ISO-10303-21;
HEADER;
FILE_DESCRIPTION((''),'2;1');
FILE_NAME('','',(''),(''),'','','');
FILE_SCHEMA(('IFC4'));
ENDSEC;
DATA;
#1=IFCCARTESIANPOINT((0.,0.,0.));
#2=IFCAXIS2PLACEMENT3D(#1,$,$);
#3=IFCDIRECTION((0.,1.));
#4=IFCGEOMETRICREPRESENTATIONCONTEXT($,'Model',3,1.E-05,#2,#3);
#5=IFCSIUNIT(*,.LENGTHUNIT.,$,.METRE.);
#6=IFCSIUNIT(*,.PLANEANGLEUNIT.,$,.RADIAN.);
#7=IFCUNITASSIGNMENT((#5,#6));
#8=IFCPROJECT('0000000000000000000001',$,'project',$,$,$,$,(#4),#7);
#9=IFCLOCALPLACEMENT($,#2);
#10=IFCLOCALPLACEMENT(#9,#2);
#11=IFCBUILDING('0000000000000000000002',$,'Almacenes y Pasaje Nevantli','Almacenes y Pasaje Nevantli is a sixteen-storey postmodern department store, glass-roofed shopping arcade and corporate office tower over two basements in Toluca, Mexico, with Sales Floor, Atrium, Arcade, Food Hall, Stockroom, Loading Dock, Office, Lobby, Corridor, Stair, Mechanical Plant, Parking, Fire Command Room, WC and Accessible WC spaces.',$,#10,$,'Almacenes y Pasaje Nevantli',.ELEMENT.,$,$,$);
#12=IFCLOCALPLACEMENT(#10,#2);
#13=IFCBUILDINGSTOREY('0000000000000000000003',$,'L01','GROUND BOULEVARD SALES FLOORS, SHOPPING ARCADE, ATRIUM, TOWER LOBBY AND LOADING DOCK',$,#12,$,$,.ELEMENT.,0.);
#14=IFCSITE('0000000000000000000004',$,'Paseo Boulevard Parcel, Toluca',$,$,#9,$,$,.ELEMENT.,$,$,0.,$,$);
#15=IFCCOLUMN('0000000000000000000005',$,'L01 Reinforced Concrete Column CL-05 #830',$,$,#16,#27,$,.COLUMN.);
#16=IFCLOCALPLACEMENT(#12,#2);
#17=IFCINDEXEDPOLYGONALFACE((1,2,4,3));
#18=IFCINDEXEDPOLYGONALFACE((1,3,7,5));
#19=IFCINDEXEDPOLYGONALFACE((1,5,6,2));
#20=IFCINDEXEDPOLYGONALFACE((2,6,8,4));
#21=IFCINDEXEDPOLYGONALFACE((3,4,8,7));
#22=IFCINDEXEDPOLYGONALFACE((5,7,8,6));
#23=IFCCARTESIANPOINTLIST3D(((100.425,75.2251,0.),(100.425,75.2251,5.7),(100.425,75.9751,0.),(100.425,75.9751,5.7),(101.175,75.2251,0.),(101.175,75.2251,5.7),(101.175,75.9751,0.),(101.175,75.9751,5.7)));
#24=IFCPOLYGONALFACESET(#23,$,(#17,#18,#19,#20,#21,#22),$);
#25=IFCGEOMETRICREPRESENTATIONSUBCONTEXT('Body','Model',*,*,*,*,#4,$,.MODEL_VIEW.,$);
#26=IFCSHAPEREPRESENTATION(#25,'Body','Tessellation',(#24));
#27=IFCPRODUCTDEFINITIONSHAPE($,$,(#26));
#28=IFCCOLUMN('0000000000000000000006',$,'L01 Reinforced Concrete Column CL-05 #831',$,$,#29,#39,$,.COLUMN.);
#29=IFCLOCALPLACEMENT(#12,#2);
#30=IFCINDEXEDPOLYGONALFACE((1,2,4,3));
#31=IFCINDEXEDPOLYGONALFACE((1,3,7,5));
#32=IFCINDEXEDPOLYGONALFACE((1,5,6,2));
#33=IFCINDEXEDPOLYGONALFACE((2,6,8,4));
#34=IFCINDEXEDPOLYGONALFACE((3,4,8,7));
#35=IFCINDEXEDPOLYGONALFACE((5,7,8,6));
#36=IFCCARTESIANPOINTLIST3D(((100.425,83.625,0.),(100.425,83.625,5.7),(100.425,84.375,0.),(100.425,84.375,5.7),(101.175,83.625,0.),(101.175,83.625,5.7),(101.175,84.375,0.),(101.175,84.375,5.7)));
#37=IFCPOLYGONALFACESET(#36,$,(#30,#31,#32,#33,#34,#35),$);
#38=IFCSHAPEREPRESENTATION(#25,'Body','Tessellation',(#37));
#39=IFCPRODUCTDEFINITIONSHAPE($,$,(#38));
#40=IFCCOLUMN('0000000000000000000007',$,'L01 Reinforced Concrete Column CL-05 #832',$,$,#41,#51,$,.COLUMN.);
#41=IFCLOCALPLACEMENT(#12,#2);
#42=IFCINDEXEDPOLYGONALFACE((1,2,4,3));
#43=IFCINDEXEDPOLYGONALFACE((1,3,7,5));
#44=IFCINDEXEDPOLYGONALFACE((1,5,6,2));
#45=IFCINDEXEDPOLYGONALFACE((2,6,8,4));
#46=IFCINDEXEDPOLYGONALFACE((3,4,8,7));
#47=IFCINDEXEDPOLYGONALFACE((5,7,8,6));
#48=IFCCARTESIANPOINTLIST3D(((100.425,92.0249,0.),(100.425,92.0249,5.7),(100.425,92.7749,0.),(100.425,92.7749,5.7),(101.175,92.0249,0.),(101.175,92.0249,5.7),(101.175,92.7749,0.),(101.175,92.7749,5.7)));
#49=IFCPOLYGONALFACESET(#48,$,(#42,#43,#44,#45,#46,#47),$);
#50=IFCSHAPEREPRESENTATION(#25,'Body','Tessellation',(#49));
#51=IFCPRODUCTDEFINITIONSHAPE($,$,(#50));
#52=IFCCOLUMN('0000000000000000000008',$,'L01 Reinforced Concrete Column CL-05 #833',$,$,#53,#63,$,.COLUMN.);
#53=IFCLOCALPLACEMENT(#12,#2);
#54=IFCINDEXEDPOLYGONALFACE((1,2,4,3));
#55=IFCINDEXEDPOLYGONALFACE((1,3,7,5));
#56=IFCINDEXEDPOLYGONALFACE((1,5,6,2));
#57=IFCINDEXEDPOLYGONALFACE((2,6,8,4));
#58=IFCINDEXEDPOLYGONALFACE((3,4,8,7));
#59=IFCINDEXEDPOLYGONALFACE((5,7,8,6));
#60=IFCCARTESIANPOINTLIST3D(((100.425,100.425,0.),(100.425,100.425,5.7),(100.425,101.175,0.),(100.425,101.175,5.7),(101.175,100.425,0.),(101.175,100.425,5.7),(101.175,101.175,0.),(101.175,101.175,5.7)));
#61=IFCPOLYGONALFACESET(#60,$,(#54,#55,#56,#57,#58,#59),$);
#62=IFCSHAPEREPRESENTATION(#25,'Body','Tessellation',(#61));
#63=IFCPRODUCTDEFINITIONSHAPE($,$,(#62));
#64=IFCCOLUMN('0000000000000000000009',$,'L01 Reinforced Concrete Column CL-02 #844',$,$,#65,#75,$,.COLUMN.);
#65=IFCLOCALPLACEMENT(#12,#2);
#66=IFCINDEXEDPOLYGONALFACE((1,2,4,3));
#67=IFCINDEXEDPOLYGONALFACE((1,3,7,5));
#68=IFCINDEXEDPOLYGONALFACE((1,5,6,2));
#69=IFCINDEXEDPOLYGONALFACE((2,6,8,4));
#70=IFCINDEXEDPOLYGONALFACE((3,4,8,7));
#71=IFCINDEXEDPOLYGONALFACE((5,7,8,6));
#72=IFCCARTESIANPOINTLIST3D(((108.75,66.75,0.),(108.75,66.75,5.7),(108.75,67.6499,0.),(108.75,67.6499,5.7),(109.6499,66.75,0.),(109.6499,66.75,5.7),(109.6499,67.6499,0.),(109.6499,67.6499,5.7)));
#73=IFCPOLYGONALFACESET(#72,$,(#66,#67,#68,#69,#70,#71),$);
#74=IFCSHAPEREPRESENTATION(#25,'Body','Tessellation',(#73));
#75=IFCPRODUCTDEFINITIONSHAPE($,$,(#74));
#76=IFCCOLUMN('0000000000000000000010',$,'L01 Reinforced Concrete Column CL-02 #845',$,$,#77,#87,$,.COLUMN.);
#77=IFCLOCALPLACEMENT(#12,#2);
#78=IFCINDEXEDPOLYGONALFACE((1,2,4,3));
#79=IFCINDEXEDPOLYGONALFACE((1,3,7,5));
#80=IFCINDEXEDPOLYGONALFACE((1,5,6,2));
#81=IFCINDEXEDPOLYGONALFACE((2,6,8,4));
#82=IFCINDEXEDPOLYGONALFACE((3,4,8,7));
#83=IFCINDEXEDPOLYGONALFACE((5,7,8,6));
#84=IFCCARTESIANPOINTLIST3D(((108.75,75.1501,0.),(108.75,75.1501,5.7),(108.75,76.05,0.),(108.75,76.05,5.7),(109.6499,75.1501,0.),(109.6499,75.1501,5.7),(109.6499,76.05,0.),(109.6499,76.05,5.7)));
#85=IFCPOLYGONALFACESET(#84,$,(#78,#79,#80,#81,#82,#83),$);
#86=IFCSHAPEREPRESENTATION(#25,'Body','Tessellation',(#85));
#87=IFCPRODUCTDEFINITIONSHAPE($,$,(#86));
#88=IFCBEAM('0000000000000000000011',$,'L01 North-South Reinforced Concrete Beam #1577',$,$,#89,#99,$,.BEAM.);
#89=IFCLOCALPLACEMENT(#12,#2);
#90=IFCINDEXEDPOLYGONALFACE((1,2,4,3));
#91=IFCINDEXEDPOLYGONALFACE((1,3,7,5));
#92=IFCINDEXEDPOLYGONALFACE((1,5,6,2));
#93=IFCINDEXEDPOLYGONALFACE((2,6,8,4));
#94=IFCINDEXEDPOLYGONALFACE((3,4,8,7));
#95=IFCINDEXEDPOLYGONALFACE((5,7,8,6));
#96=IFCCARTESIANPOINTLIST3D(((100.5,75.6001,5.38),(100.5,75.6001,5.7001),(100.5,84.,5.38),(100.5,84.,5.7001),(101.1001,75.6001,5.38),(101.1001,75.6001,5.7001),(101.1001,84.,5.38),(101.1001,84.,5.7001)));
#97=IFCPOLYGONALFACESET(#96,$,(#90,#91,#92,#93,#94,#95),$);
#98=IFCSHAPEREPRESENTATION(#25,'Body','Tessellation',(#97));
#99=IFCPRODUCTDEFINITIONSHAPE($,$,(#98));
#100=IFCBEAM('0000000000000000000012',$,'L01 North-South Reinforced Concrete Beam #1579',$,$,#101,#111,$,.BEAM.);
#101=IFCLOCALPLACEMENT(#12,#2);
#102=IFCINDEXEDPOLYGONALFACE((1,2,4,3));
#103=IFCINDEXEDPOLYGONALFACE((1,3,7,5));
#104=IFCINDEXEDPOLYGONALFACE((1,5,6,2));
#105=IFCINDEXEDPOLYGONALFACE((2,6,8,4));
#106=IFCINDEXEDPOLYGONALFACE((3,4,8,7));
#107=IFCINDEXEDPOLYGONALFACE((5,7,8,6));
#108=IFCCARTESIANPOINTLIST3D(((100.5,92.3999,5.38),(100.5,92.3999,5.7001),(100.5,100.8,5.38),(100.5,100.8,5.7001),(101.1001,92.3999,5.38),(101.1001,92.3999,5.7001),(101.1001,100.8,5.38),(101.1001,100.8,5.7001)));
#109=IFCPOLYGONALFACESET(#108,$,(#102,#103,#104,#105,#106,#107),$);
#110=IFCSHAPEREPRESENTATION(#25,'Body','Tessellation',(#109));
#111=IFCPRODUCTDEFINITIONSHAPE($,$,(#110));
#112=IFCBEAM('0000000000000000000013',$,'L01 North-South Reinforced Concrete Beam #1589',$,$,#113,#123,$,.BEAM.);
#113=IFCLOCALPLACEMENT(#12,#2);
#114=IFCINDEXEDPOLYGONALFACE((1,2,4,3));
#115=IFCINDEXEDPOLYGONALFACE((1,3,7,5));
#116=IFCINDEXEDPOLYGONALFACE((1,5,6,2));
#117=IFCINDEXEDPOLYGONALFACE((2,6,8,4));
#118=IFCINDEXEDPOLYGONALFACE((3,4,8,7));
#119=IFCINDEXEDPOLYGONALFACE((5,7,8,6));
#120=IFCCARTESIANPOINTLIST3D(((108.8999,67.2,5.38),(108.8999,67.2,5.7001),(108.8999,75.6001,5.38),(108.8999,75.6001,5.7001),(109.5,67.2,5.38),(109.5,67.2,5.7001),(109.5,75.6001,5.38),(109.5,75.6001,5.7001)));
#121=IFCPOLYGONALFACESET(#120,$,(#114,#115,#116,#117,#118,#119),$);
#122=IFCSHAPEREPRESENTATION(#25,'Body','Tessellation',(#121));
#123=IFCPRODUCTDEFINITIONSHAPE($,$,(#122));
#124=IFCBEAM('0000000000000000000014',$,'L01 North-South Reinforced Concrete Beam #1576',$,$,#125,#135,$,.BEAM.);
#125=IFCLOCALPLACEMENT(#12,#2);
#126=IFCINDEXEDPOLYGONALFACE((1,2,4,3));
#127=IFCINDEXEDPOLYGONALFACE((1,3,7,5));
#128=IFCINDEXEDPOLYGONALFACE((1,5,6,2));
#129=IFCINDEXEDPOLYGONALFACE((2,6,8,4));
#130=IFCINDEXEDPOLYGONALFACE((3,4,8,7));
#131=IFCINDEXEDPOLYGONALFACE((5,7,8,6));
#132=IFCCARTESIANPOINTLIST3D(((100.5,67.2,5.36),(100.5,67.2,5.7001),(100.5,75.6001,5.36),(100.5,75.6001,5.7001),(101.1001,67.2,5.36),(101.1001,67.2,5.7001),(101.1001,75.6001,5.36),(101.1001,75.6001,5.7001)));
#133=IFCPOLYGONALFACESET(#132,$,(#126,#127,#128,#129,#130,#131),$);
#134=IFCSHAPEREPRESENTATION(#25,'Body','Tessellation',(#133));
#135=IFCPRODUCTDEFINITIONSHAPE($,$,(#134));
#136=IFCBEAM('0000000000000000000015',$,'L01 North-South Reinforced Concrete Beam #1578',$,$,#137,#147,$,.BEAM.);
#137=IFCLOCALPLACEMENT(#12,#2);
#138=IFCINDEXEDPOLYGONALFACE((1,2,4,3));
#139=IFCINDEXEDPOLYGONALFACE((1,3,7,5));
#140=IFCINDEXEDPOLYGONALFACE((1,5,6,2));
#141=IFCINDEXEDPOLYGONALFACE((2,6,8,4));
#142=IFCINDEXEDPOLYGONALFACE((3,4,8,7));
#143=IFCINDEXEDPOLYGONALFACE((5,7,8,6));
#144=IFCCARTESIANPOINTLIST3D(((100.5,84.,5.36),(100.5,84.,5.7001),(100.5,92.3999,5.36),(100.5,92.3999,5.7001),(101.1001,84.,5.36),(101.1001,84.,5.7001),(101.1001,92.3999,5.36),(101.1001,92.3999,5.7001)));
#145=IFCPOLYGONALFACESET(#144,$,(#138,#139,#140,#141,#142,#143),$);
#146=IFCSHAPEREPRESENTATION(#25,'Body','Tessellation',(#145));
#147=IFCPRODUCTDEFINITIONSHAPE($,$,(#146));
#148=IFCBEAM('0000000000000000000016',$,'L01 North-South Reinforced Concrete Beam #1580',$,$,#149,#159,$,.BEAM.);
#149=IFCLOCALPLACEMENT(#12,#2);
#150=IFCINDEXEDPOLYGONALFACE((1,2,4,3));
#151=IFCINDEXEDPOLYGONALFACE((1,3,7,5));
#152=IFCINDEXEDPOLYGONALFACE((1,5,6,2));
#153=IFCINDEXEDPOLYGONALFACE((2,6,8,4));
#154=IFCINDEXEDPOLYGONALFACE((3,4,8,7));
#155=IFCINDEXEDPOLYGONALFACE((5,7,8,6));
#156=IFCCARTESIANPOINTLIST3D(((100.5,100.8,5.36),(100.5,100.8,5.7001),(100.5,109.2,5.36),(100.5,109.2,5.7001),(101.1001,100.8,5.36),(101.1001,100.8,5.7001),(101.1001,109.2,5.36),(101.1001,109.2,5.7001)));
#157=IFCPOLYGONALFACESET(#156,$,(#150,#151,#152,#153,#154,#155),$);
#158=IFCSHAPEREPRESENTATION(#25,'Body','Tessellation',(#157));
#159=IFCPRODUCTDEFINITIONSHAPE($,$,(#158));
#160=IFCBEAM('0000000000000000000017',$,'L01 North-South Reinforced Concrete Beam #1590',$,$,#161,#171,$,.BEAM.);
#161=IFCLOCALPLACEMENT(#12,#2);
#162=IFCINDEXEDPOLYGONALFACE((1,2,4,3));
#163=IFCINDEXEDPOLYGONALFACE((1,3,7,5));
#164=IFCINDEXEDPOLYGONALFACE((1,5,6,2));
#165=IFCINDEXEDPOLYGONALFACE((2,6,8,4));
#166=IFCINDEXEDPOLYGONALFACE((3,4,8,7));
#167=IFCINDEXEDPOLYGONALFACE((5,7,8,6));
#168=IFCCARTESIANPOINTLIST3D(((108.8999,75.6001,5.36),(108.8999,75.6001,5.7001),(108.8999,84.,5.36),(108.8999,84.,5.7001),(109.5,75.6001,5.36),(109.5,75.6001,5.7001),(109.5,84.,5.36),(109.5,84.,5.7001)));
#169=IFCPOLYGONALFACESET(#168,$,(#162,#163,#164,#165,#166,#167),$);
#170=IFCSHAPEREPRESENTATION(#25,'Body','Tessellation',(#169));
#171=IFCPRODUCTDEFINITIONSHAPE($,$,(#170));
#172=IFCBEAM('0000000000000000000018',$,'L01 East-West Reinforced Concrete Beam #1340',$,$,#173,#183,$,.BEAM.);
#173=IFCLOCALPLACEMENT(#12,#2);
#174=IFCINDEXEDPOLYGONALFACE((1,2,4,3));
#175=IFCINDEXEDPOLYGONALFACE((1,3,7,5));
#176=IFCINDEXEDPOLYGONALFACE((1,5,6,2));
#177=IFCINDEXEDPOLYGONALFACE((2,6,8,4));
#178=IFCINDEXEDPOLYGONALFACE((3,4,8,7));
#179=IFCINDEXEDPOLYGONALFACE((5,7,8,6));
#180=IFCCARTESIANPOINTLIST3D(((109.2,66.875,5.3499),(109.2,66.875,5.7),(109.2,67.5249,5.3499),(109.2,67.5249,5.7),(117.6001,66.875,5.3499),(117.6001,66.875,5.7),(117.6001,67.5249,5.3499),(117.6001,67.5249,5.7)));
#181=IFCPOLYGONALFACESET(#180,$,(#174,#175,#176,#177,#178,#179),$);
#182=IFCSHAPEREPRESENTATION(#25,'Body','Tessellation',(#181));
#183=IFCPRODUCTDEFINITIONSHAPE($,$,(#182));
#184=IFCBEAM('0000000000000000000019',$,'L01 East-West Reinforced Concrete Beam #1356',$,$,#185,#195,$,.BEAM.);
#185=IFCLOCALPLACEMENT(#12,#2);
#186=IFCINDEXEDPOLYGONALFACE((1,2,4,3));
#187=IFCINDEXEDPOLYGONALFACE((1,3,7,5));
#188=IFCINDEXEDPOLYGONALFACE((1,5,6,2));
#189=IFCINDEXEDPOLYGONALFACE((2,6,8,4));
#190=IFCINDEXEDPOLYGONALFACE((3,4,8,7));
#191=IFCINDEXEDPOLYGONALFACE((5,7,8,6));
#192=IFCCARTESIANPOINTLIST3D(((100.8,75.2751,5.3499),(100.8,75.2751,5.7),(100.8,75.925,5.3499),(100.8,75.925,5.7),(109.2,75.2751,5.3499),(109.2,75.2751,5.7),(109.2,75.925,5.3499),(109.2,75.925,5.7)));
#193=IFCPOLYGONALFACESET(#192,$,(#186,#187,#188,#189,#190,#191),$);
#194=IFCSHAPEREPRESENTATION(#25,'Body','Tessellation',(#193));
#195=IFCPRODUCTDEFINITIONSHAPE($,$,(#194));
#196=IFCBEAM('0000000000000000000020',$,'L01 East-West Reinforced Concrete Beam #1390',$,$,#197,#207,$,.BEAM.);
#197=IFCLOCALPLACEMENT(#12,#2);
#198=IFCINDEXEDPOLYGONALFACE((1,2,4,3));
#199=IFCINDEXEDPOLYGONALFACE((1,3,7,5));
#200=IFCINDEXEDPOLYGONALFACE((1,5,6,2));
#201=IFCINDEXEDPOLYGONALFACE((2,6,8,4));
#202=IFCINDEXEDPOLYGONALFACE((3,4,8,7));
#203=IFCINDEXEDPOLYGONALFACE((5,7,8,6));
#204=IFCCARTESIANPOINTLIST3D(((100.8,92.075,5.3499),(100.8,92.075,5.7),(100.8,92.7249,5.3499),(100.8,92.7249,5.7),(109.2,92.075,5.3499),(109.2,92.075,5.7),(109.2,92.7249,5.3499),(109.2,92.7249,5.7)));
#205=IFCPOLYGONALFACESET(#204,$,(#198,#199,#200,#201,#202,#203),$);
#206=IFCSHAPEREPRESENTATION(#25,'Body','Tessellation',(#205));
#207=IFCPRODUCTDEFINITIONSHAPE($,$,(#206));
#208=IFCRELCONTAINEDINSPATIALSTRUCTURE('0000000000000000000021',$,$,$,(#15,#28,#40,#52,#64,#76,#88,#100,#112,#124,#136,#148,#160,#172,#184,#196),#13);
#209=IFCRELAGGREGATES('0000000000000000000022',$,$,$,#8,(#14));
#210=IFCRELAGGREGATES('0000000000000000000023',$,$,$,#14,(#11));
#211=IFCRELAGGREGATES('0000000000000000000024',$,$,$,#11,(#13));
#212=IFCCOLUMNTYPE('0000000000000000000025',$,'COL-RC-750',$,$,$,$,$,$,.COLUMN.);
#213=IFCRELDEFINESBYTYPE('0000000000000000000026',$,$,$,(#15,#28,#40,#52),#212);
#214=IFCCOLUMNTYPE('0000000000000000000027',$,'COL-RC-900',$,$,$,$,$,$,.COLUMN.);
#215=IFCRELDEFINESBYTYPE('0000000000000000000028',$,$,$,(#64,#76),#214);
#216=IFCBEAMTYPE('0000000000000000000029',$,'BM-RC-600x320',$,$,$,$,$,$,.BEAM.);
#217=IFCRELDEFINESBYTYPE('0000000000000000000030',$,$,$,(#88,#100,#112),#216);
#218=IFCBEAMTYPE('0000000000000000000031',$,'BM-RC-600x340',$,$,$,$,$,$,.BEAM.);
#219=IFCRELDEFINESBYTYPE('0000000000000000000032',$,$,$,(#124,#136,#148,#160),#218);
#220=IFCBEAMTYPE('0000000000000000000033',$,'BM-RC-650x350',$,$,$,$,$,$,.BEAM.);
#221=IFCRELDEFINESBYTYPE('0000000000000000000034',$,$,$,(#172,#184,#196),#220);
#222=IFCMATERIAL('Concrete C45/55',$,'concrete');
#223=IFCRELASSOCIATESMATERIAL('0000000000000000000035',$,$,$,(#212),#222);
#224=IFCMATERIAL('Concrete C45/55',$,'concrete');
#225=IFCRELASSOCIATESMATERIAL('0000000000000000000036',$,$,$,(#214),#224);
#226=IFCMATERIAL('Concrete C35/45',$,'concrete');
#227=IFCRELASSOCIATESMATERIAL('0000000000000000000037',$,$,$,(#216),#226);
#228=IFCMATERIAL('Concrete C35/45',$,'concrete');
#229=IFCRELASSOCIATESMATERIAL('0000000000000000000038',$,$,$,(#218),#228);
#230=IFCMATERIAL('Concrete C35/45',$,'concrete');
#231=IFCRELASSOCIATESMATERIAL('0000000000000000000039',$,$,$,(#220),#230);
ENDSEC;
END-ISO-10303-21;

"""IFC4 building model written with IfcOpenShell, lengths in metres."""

from ifc_helpers import new_model, si_unit, direction, frame, origin, origin_2d, place, context, subcontext, project, spatial, rectangle, extrude, material, material_profile, profile_set, type_object, element, save


model = new_model("IFC4")

# Units and contexts
model_context = context("Model", 3, precision=1e-05, world=origin(), true_north=direction((0.0, 1.0)))
body_context = subcontext(model_context, "Body", "Model", "MODEL_VIEW")
ifc_project = project(units=[si_unit("LENGTHUNIT", "METRE"), si_unit("PLANEANGLEUNIT", "RADIAN")], contexts=[model_context])

# Site, building, storey
site_placement = place(None, origin())
site = spatial("IfcSite", under=ifc_project, at=site_placement, Name="Paseo Boulevard Parcel, Toluca", CompositionType="ELEMENT", RefElevation=0.0)
building_placement = place(site_placement, origin())
building = spatial("IfcBuilding", under=site, at=building_placement, Name="Almacenes y Pasaje Nevantli", Description="Almacenes y Pasaje Nevantli is a sixteen-storey postmodern department store, glass-roofed shopping arcade and corporate office tower over two basements in Toluca, Mexico, with Sales Floor, Atrium, Arcade, Food Hall, Stockroom, Loading Dock, Office, Lobby, Corridor, Stair, Mechanical Plant, Parking, Fire Command Room, WC and Accessible WC spaces.", LongName="Almacenes y Pasaje Nevantli", CompositionType="ELEMENT")
storey_placement = place(building_placement, origin())
storey = spatial("IfcBuildingStorey", under=building, at=storey_placement, Name="L01", Description="GROUND BOULEVARD SALES FLOORS, SHOPPING ARCADE, ATRIUM, TOWER LOBBY AND LOADING DOCK", CompositionType="ELEMENT", Elevation=0.0)

# Columns
ifc_material_1 = material(Name="Concrete C45/55", Category="concrete")
ifc_material_profile_1 = material_profile(ifc_material_1, rectangle(XDim=0.75, YDim=0.75, at=origin_2d()), Name="RC-COL-750x750")
ifc_profile_set_1 = profile_set([ifc_material_profile_1], Name="Concrete C45/55")
column_type_1 = type_object("IfcColumnType", Name="COL-RC-750", PredefinedType="COLUMN", material=ifc_profile_set_1)
for number, where, z_axis, x_axis, name in (
    (1, (100.8, 75.6001, 0.0), (0.0, 0.0, 1.0), (1.0, 0.0, 0.0), "L01 Reinforced Concrete Column CL-05 #830"),
    (2, (100.8, 84.0, 0.0), (0.0, 0.0, 1.0), (1.0, 0.0, 0.0), "L01 Reinforced Concrete Column CL-05 #831"),
    (3, (100.8, 92.3999, 0.0), (0.0, 0.0, 1.0), (1.0, 0.0, 0.0), "L01 Reinforced Concrete Column CL-05 #832"),
    (4, (100.8, 100.8, 0.0), (0.0, 0.0, 1.0), (1.0, 0.0, 0.0), "L01 Reinforced Concrete Column CL-05 #833"),
):
    element("IfcColumn", number, at=place(storey_placement, frame(where, z_axis=z_axis, x_axis=x_axis)), inside=storey, type_object=column_type_1, Name=name, PredefinedType="COLUMN", context=body_context, shape_type="SweptSolid", body=[
        extrude(rectangle(XDim=0.75, YDim=0.75, at=origin_2d()), origin(), (0.0, 0.0, 1.0), 5.7),
    ])
ifc_material_2 = material(Name="Concrete C45/55", Category="concrete")
ifc_material_profile_2 = material_profile(ifc_material_2, rectangle(XDim=0.8999, YDim=0.8999, at=origin_2d()), Name="RC-COL-900x900")
ifc_profile_set_2 = profile_set([ifc_material_profile_2], Name="Concrete C45/55")
column_type_2 = type_object("IfcColumnType", Name="COL-RC-900", PredefinedType="COLUMN", material=ifc_profile_set_2)
for number, where, z_axis, x_axis, name in (
    (5, (109.2, 67.2, 0.0), (0.0, 0.0, 1.0), (1.0, 0.0, 0.0), "L01 Reinforced Concrete Column CL-02 #844"),
    (6, (109.2, 75.6001, 0.0), (0.0, 0.0, 1.0), (1.0, 0.0, 0.0), "L01 Reinforced Concrete Column CL-02 #845"),
):
    element("IfcColumn", number, at=place(storey_placement, frame(where, z_axis=z_axis, x_axis=x_axis)), inside=storey, type_object=column_type_2, Name=name, PredefinedType="COLUMN", context=body_context, shape_type="SweptSolid", body=[
        extrude(rectangle(XDim=0.8999, YDim=0.8999, at=origin_2d()), origin(), (0.0, 0.0, 1.0), 5.7),
    ])

# Beams
ifc_material_3 = material(Name="Concrete C35/45", Category="concrete")
ifc_material_profile_3 = material_profile(ifc_material_3, rectangle(XDim=0.6001, YDim=0.3201, at=origin_2d()), Name="RC-BM-600x320")
ifc_profile_set_3 = profile_set([ifc_material_profile_3], Name="Concrete C35/45")
beam_type_1 = type_object("IfcBeamType", Name="BM-RC-600x320", PredefinedType="BEAM", material=ifc_profile_set_3)
beam_1_placement = place(storey_placement, frame((100.8, 75.6001, 5.54), z_axis=(0.0, 1.0, 0.0), x_axis=(-1.0, 0.0, 0.0)))
element("IfcBeam", 7, at=beam_1_placement, inside=storey, type_object=beam_type_1, Name="L01 North-South Reinforced Concrete Beam #1577", PredefinedType="BEAM", context=body_context, shape_type="SweptSolid", body=[
    extrude(rectangle(XDim=0.6001, YDim=0.3201, at=origin_2d()), origin(), (0.0, 0.0, 1.0), 8.3999),
])
for number, where, z_axis, x_axis, name in (
    (8, (100.8, 92.3999, 5.54), (0.0, 1.0, 0.0), (-1.0, 0.0, 0.0), "L01 North-South Reinforced Concrete Beam #1579"),
    (9, (109.2, 67.2, 5.54), (0.0, 1.0, 0.0), (-1.0, 0.0, 0.0), "L01 North-South Reinforced Concrete Beam #1589"),
):
    element("IfcBeam", number, at=place(storey_placement, frame(where, z_axis=z_axis, x_axis=x_axis)), inside=storey, type_object=beam_type_1, Name=name, PredefinedType="BEAM", context=body_context, shape_type="SweptSolid", body=[
        extrude(rectangle(XDim=0.6001, YDim=0.3201, at=origin_2d()), origin(), (0.0, 0.0, 1.0), 8.4001),
    ])
ifc_material_4 = material(Name="Concrete C35/45", Category="concrete")
ifc_material_profile_4 = material_profile(ifc_material_4, rectangle(XDim=0.6001, YDim=0.3401, at=origin_2d()), Name="RC-BM-600x340")
ifc_profile_set_4 = profile_set([ifc_material_profile_4], Name="Concrete C35/45")
beam_type_2 = type_object("IfcBeamType", Name="BM-RC-600x340", PredefinedType="BEAM", material=ifc_profile_set_4)
beam_2_placement = place(storey_placement, frame((100.8, 67.2, 5.53), z_axis=(0.0, 1.0, 0.0), x_axis=(-1.0, 0.0, 0.0)))
element("IfcBeam", 10, at=beam_2_placement, inside=storey, type_object=beam_type_2, Name="L01 North-South Reinforced Concrete Beam #1576", PredefinedType="BEAM", context=body_context, shape_type="SweptSolid", body=[
    extrude(rectangle(XDim=0.6001, YDim=0.3401, at=origin_2d()), origin(), (0.0, 0.0, 1.0), 8.4001),
])
for number, where, z_axis, x_axis, name in (
    (11, (100.8, 84.0, 5.53), (0.0, 1.0, 0.0), (-1.0, 0.0, 0.0), "L01 North-South Reinforced Concrete Beam #1578"),
    (12, (100.8, 100.8, 5.53), (0.0, 1.0, 0.0), (-1.0, 0.0, 0.0), "L01 North-South Reinforced Concrete Beam #1580"),
    (13, (109.2, 75.6001, 5.53), (0.0, 1.0, 0.0), (-1.0, 0.0, 0.0), "L01 North-South Reinforced Concrete Beam #1590"),
):
    element("IfcBeam", number, at=place(storey_placement, frame(where, z_axis=z_axis, x_axis=x_axis)), inside=storey, type_object=beam_type_2, Name=name, PredefinedType="BEAM", context=body_context, shape_type="SweptSolid", body=[
        extrude(rectangle(XDim=0.6001, YDim=0.3401, at=origin_2d()), origin(), (0.0, 0.0, 1.0), 8.3999),
    ])
ifc_material_5 = material(Name="Concrete C35/45", Category="concrete")
ifc_material_profile_5 = material_profile(ifc_material_5, rectangle(XDim=0.6499, YDim=0.3501, at=origin_2d()), Name="RC-BM-650x350")
ifc_profile_set_5 = profile_set([ifc_material_profile_5], Name="Concrete C35/45")
beam_type_3 = type_object("IfcBeamType", Name="BM-RC-650x350", PredefinedType="BEAM", material=ifc_profile_set_5)
beam_3_placement = place(storey_placement, frame((109.2, 67.2, 5.5249), z_axis=(1.0, 0.0, 0.0), x_axis=(0.0, 1.0, 0.0)))
element("IfcBeam", 14, at=beam_3_placement, inside=storey, type_object=beam_type_3, Name="L01 East-West Reinforced Concrete Beam #1340", PredefinedType="BEAM", context=body_context, shape_type="SweptSolid", body=[
    extrude(rectangle(XDim=0.6499, YDim=0.3501, at=origin_2d()), origin(), (0.0, 0.0, 1.0), 8.4001),
])
for number, where, z_axis, x_axis, name in (
    (15, (100.8, 75.6001, 5.5249), (1.0, 0.0, 0.0), (0.0, 1.0, 0.0), "L01 East-West Reinforced Concrete Beam #1356"),
    (16, (100.8, 92.3999, 5.5249), (1.0, 0.0, 0.0), (0.0, 1.0, 0.0), "L01 East-West Reinforced Concrete Beam #1390"),
):
    element("IfcBeam", number, at=place(storey_placement, frame(where, z_axis=z_axis, x_axis=x_axis)), inside=storey, type_object=beam_type_3, Name=name, PredefinedType="BEAM", context=body_context, shape_type="SweptSolid", body=[
        extrude(rectangle(XDim=0.6499, YDim=0.3501, at=origin_2d()), origin(), (0.0, 0.0, 1.0), 8.3999),
    ])

save(model, "model.ifc")
